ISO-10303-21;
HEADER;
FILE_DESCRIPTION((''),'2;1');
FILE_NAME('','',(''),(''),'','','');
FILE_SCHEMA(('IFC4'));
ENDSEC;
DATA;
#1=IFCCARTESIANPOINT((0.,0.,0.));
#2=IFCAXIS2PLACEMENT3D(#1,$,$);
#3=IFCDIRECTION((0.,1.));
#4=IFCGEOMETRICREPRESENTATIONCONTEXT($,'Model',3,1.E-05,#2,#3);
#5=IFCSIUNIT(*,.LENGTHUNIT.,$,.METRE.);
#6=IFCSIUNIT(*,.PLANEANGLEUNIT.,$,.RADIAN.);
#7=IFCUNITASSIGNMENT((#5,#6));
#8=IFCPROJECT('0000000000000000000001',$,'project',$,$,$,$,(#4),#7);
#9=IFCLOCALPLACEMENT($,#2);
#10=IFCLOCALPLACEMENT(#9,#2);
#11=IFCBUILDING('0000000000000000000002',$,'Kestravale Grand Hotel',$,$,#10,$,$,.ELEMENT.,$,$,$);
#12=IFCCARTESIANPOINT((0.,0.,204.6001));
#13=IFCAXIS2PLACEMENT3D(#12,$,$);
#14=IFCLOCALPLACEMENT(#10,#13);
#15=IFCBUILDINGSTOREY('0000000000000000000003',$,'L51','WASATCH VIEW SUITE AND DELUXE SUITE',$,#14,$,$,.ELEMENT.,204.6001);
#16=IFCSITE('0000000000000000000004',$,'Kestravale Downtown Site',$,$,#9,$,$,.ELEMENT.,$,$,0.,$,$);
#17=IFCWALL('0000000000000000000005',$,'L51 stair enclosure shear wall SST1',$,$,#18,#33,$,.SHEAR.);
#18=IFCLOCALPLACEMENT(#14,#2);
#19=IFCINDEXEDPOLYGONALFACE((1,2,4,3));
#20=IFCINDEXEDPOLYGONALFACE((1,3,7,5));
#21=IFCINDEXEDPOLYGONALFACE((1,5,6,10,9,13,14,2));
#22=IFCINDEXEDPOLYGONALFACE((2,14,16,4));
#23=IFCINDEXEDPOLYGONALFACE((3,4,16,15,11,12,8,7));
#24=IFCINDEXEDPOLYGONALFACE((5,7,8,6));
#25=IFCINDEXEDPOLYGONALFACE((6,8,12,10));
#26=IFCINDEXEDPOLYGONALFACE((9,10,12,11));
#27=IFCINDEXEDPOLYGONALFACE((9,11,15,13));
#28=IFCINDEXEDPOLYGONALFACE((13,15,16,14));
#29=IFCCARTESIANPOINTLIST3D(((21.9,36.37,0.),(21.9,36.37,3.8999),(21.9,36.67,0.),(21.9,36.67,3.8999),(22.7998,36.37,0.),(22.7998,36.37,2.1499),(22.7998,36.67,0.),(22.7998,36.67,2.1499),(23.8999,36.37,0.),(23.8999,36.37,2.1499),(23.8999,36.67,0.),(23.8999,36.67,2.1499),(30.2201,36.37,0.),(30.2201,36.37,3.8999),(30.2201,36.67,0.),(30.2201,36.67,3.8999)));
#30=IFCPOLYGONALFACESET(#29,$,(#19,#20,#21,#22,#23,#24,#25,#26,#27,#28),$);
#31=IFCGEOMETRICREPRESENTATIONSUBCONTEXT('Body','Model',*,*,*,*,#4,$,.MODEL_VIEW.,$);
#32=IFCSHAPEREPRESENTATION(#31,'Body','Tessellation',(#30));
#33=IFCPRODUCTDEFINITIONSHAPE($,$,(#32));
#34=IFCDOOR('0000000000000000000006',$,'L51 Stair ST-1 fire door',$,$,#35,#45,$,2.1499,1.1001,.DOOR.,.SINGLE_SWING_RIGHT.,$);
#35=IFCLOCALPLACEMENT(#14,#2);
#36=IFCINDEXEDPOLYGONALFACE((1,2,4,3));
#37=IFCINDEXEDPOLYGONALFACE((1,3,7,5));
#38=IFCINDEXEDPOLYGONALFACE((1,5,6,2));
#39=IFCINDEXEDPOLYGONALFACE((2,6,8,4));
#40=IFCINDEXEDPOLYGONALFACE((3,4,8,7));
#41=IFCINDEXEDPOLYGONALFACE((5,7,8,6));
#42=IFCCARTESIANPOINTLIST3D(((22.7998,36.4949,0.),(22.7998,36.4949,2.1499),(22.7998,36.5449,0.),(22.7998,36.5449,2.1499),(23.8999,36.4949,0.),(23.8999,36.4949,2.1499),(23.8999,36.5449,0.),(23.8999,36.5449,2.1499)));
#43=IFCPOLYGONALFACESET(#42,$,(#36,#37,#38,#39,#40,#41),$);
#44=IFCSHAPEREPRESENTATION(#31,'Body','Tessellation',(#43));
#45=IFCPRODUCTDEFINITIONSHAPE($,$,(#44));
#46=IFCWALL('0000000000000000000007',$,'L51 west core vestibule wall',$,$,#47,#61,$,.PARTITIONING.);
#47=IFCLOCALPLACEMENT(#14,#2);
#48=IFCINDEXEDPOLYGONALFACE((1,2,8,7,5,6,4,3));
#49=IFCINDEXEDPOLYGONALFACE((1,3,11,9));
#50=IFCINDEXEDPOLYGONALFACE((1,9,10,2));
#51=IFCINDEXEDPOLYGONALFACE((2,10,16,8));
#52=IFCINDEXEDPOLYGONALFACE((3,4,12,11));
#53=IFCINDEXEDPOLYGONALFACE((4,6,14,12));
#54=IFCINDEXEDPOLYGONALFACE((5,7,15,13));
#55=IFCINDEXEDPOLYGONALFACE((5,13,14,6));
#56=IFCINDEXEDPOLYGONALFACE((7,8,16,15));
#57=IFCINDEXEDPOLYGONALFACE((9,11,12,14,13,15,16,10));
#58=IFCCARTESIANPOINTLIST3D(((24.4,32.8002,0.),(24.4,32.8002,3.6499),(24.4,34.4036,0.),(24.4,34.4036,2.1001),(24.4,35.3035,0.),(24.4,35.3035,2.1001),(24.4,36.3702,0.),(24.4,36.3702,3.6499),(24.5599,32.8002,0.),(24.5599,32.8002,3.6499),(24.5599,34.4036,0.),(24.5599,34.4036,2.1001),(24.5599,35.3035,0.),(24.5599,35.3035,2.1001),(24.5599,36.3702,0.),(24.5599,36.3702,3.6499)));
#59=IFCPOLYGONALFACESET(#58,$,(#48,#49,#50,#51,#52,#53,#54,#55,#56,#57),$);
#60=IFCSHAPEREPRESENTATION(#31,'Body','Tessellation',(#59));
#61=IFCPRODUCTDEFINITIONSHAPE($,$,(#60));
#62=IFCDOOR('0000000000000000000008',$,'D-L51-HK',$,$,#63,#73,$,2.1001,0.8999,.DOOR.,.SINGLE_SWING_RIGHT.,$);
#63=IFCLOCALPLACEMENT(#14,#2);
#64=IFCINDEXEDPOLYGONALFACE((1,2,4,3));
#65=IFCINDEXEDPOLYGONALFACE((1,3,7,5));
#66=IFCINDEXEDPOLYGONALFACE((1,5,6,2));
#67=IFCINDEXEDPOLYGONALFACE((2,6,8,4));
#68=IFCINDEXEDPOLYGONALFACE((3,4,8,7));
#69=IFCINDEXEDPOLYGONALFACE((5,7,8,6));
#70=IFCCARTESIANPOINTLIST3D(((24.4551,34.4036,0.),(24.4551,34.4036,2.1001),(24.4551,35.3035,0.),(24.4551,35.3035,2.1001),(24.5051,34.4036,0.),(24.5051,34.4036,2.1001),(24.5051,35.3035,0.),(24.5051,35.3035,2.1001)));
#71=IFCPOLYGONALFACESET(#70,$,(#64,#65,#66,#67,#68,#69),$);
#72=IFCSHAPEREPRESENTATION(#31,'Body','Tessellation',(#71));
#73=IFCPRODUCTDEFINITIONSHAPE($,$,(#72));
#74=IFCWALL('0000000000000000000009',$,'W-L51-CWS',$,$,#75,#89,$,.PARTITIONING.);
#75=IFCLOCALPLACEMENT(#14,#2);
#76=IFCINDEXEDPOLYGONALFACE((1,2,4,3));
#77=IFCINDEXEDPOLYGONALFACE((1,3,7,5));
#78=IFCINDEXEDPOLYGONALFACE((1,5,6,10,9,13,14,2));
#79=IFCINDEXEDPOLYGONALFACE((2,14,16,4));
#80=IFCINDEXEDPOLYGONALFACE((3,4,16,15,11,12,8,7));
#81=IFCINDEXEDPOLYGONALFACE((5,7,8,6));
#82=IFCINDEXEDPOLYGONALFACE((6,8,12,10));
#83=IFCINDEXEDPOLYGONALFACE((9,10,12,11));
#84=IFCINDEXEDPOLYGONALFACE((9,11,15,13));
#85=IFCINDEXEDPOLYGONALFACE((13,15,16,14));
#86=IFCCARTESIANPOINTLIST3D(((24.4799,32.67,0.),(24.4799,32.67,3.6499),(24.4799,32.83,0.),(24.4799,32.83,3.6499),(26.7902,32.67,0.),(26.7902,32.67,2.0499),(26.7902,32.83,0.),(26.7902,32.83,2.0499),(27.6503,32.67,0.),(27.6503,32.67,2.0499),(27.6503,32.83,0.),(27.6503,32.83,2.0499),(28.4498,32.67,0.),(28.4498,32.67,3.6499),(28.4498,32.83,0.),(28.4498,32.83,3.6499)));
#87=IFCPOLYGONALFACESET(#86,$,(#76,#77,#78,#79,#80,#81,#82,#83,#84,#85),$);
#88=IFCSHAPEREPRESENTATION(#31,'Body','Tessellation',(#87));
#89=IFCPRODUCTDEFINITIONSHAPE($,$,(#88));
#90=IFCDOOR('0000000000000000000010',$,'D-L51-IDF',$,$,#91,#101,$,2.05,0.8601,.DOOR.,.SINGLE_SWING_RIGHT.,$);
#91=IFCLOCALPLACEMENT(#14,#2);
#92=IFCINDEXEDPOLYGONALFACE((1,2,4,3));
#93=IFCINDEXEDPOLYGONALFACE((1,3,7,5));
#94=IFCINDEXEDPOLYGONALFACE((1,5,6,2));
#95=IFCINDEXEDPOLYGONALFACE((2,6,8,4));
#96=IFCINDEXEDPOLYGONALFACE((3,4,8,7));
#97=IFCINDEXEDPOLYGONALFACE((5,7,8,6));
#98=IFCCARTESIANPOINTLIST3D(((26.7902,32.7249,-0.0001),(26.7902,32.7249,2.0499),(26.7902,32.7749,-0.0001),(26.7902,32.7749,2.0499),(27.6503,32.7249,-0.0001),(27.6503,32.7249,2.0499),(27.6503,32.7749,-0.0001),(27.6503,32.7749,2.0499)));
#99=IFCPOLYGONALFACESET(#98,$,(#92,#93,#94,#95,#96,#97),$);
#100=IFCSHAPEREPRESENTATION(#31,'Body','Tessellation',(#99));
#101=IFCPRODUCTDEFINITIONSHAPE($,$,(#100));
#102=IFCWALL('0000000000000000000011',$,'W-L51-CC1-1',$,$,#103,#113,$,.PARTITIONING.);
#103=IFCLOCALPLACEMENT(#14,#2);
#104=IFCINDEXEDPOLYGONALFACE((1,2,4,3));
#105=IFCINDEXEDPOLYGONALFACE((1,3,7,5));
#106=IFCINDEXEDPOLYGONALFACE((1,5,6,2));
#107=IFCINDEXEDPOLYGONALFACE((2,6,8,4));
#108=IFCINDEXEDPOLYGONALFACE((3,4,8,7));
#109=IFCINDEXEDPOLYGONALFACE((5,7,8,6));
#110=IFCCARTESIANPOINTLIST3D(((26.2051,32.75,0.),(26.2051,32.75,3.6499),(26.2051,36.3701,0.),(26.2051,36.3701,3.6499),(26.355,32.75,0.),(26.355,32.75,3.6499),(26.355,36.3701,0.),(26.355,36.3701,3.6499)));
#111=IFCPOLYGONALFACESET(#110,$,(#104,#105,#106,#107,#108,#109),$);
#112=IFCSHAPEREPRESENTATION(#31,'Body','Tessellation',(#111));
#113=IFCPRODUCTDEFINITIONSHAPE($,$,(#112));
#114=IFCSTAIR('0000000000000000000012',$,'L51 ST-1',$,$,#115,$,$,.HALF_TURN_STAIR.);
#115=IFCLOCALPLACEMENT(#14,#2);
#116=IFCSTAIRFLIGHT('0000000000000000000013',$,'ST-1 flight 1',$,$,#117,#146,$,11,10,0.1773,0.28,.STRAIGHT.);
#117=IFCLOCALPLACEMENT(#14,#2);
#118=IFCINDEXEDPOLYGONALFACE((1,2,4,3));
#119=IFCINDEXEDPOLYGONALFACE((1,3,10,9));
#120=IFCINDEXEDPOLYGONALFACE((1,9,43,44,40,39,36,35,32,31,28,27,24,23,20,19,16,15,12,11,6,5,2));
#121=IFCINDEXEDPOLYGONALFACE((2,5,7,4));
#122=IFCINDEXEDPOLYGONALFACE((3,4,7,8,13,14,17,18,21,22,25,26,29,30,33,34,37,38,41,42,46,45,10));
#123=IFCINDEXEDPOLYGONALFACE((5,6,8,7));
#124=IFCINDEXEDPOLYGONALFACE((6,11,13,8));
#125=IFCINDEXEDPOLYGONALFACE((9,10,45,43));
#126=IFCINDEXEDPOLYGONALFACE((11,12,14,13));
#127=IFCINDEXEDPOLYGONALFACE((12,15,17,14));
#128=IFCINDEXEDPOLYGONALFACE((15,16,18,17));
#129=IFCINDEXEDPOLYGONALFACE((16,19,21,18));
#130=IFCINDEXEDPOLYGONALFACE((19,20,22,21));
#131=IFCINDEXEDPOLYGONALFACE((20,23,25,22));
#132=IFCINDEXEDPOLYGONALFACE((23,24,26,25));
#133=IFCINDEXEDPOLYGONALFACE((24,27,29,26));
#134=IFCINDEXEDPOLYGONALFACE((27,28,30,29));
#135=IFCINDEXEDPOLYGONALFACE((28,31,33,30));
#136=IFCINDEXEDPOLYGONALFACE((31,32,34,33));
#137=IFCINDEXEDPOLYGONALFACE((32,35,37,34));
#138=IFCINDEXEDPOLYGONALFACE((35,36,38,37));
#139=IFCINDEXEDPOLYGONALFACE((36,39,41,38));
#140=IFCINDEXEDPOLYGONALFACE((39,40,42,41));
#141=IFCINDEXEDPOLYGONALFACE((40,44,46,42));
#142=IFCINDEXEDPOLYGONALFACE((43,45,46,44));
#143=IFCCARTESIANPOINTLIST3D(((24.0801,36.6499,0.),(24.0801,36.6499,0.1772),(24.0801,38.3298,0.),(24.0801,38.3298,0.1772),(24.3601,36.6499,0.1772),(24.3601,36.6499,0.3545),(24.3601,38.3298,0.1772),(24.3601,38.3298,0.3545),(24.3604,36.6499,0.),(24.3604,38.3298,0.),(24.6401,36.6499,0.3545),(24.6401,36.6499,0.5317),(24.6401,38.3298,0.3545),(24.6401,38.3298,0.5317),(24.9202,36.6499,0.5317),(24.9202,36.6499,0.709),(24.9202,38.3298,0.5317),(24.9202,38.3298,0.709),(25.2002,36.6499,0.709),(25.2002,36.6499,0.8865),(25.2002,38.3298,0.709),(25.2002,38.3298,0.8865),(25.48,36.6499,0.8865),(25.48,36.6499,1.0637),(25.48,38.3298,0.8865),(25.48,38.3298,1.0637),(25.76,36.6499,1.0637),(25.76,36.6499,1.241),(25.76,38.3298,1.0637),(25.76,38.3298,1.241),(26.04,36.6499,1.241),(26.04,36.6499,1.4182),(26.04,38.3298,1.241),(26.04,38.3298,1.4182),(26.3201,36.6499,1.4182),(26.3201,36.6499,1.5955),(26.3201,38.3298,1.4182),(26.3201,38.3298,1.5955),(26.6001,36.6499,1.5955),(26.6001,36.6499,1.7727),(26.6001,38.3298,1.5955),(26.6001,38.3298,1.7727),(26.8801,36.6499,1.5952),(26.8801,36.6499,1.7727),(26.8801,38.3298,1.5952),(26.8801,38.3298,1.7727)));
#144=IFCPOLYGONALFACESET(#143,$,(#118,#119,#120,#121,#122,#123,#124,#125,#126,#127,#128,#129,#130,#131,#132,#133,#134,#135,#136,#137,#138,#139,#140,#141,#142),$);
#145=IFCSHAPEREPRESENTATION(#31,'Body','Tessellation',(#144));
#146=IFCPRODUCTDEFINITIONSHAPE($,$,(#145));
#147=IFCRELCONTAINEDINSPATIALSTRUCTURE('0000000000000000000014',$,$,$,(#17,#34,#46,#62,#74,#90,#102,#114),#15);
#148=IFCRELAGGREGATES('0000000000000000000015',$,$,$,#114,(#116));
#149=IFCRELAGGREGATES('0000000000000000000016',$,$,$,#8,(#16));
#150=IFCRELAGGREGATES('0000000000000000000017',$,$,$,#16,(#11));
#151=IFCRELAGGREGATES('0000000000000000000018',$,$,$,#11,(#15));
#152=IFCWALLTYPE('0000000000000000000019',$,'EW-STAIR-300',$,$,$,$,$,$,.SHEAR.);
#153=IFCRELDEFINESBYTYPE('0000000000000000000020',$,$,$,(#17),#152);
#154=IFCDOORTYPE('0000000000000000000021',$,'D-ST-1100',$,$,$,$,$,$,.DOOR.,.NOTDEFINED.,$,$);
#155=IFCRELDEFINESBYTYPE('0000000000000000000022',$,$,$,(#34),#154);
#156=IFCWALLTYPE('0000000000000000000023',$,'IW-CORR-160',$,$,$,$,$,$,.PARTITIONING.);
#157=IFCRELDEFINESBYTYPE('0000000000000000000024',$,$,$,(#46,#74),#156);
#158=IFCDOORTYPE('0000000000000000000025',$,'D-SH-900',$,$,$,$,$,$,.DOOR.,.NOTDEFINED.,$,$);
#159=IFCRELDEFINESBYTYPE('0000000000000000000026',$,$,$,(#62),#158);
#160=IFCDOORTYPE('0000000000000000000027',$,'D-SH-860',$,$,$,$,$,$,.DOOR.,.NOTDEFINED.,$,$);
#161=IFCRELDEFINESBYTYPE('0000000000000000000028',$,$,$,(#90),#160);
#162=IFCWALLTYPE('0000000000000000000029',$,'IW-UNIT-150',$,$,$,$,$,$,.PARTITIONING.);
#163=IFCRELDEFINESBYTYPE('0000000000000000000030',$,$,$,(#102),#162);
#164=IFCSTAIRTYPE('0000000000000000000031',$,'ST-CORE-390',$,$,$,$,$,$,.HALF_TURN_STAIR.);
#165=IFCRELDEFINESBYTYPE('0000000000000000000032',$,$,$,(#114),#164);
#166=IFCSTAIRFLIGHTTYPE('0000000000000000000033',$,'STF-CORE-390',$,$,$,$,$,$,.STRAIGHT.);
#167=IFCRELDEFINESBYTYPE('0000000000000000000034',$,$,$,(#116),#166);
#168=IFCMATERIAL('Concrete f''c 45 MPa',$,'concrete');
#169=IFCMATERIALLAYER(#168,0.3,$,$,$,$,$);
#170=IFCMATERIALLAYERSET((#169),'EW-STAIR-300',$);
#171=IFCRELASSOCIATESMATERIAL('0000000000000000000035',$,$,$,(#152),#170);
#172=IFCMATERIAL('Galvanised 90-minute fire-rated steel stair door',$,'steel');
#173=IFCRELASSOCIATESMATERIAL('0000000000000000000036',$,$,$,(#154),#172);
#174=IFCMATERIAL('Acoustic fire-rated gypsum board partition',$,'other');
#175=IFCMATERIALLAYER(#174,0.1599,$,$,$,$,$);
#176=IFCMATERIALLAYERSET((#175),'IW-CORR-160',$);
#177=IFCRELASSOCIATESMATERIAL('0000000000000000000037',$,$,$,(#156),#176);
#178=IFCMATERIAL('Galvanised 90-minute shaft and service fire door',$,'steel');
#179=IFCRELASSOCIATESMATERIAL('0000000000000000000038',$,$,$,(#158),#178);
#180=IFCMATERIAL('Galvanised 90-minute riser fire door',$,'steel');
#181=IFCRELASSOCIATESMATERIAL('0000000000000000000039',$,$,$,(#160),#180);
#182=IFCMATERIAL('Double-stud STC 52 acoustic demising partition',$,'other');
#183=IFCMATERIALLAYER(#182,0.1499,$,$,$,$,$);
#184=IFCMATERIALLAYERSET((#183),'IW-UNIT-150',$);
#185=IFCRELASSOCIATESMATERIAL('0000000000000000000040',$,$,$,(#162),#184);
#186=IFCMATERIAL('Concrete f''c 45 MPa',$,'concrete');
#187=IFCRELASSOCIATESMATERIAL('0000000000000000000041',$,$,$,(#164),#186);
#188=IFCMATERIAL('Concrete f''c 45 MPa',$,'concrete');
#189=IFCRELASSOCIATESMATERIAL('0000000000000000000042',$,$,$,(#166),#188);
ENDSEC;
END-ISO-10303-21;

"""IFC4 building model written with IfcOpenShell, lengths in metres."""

from ifc_helpers import new_model, si_unit, direction, frame, frame_2d, origin, place, context, subcontext, project, spatial, polyline, rectangle, outline, extrude, material, layer, layer_set, type_object, element, fill, aggregate, save


model = new_model("IFC4")

# Units and contexts
model_context = context("Model", 3, precision=1e-05, world=origin(), true_north=direction((0.0, 1.0)))
body_context = subcontext(model_context, "Body", "Model", "MODEL_VIEW")
ifc_project = project(units=[si_unit("LENGTHUNIT", "METRE"), si_unit("PLANEANGLEUNIT", "RADIAN")], contexts=[model_context])

# Site, building, storey
site_placement = place(None, origin())
site = spatial("IfcSite", under=ifc_project, at=site_placement, Name="Kestravale Downtown Site", CompositionType="ELEMENT", RefElevation=0.0)
building_placement = place(site_placement, origin())
building = spatial("IfcBuilding", under=site, at=building_placement, Name="Kestravale Grand Hotel", CompositionType="ELEMENT")
storey_placement = place(building_placement, frame((0.0, 0.0, 204.6001)))
storey = spatial("IfcBuildingStorey", under=building, at=storey_placement, Name="L51", Description="WASATCH VIEW SUITE AND DELUXE SUITE", CompositionType="ELEMENT", Elevation=204.6001)

# Walls, openings, doors
ifc_material_1 = material(Name="Concrete f'c 45 MPa", Category="concrete")
ifc_layer_1 = layer(ifc_material_1, 0.3)
ifc_layer_set_1 = layer_set([ifc_layer_1], Name="EW-STAIR-300")
wall_type_1 = type_object("IfcWallType", Name="EW-STAIR-300", PredefinedType="SHEAR", material=ifc_layer_set_1)
wall_1_placement = place(storey_placement, frame((21.8999, 36.52, 0.0), z_axis=(0.0, 0.0, 1.0), x_axis=(1.0, 0.0, 0.0)))
wall_1 = element("IfcWall", 1, at=wall_1_placement, inside=storey, type_object=wall_type_1, Name="L51 stair enclosure shear wall SST1", PredefinedType="SHEAR", context=body_context, shape_type="SweptSolid", body=[
    extrude(rectangle(XDim=8.3201, YDim=0.3, at=frame_2d((4.1602, 0.0))), origin(), (0.0, 0.0, 1.0), 3.8999),
])
opening_1_placement = place(wall_1_placement, frame((0.8999, 0.0, 0.0)))
opening_1 = element("IfcOpeningElement", 2, at=opening_1_placement, cuts=wall_1, PredefinedType="OPENING", context=body_context, shape_type="SweptSolid", body=[
    extrude(rectangle(XDim=1.1001, YDim=2.1499, at=frame_2d((0.55, 1.075))), frame((0.0, 0.1599, 0.0), z_axis=(0.0, -1.0, 0.0), x_axis=(1.0, 0.0, 0.0)), (0.0, 0.0, 1.0), 0.3201),
])
ifc_material_2 = material(Name="Galvanised 90-minute fire-rated steel stair door", Category="steel")
door_type_1 = type_object("IfcDoorType", Name="D-ST-1100", OperationType="NOTDEFINED", PredefinedType="DOOR", material=ifc_material_2)
door_1_placement = place(opening_1_placement, origin())
door_1 = element("IfcDoor", 3, at=door_1_placement, inside=storey, type_object=door_type_1, Name="L51 Stair ST-1 fire door", OperationType="SINGLE_SWING_RIGHT", OverallHeight=2.1499, OverallWidth=1.1001, PredefinedType="DOOR", context=body_context, shape_type="SweptSolid", body=[
    extrude(rectangle(XDim=1.1001, YDim=2.1499, at=frame_2d((0.55, 1.075))), frame((0.0, 0.0249, 0.0), z_axis=(0.0, -1.0, 0.0), x_axis=(1.0, 0.0, 0.0)), (0.0, 0.0, 1.0), 0.05),
])
fill(opening_1, door_1)
ifc_material_3 = material(Name="Acoustic fire-rated gypsum board partition", Category="other")
ifc_layer_2 = layer(ifc_material_3, 0.1599)
ifc_layer_set_2 = layer_set([ifc_layer_2], Name="IW-CORR-160")
wall_type_2 = type_object("IfcWallType", Name="IW-CORR-160", PredefinedType="PARTITIONING", material=ifc_layer_set_2)
wall_2_placement = place(storey_placement, frame((24.48, 32.8, 0.0), z_axis=(0.0, 0.0, 1.0), x_axis=(0.0, 1.0, 0.0)))
wall_2 = element("IfcWall", 4, at=wall_2_placement, inside=storey, type_object=wall_type_2, Name="L51 west core vestibule wall", PredefinedType="PARTITIONING", context=body_context, shape_type="SweptSolid", body=[
    extrude(rectangle(XDim=3.5701, YDim=0.1599, at=frame_2d((1.7852, 0.0))), origin(), (0.0, 0.0, 1.0), 3.6499),
])
opening_2_placement = place(wall_2_placement, frame((1.6035, 0.0, 0.0)))
opening_2 = element("IfcOpeningElement", 5, at=opening_2_placement, cuts=wall_2, PredefinedType="OPENING", context=body_context, shape_type="SweptSolid", body=[
    extrude(rectangle(XDim=0.8999, YDim=2.1001, at=frame_2d((0.45, 1.05))), frame((0.0, 0.0898, 0.0), z_axis=(0.0, -1.0, 0.0), x_axis=(1.0, 0.0, 0.0)), (0.0, 0.0, 1.0), 0.1799),
])
ifc_material_4 = material(Name="Galvanised 90-minute shaft and service fire door", Category="steel")
door_type_2 = type_object("IfcDoorType", Name="D-SH-900", OperationType="NOTDEFINED", PredefinedType="DOOR", material=ifc_material_4)
door_2_placement = place(opening_2_placement, origin())
door_2 = element("IfcDoor", 6, at=door_2_placement, inside=storey, type_object=door_type_2, Name="D-L51-HK", OperationType="SINGLE_SWING_RIGHT", OverallHeight=2.1001, OverallWidth=0.8999, PredefinedType="DOOR", context=body_context, shape_type="SweptSolid", body=[
    extrude(rectangle(XDim=0.8999, YDim=2.1001, at=frame_2d((0.45, 1.05))), frame((0.0, 0.0249, 0.0), z_axis=(0.0, -1.0, 0.0), x_axis=(1.0, 0.0, 0.0)), (0.0, 0.0, 1.0), 0.05),
])
fill(opening_2, door_2)
wall_3_placement = place(storey_placement, frame((24.48, 32.75, 0.0), z_axis=(0.0, 0.0, 1.0), x_axis=(1.0, 0.0, 0.0)))
wall_3 = element("IfcWall", 7, at=wall_3_placement, inside=storey, type_object=wall_type_2, Name="W-L51-CWS", PredefinedType="PARTITIONING", context=body_context, shape_type="SweptSolid", body=[
    extrude(rectangle(XDim=3.97, YDim=0.1599, at=frame_2d((1.9849, 0.0))), origin(), (0.0, 0.0, 1.0), 3.6499),
])
opening_3_placement = place(wall_3_placement, frame((2.3101, 0.0, 0.0)))
opening_3 = element("IfcOpeningElement", 8, at=opening_3_placement, cuts=wall_3, PredefinedType="OPENING", context=body_context, shape_type="SweptSolid", body=[
    extrude(rectangle(XDim=0.8601, YDim=2.05, at=frame_2d((0.4302, 1.0249))), frame((0.0, 0.0898, 0.0), z_axis=(0.0, -1.0, 0.0), x_axis=(1.0, 0.0, 0.0)), (0.0, 0.0, 1.0), 0.1799),
])
ifc_material_5 = material(Name="Galvanised 90-minute riser fire door", Category="steel")
door_type_3 = type_object("IfcDoorType", Name="D-SH-860", OperationType="NOTDEFINED", PredefinedType="DOOR", material=ifc_material_5)
door_3_placement = place(opening_3_placement, origin())
door_3 = element("IfcDoor", 9, at=door_3_placement, inside=storey, type_object=door_type_3, Name="D-L51-IDF", OperationType="SINGLE_SWING_RIGHT", OverallHeight=2.05, OverallWidth=0.8601, PredefinedType="DOOR", context=body_context, shape_type="SweptSolid", body=[
    extrude(rectangle(XDim=0.8601, YDim=2.05, at=frame_2d((0.4302, 1.0249))), frame((0.0, 0.0249, 0.0), z_axis=(0.0, -1.0, 0.0), x_axis=(1.0, 0.0, 0.0)), (0.0, 0.0, 1.0), 0.05),
])
fill(opening_3, door_3)

# Wall
ifc_material_6 = material(Name="Double-stud STC 52 acoustic demising partition", Category="other")
ifc_layer_3 = layer(ifc_material_6, 0.1499)
ifc_layer_set_3 = layer_set([ifc_layer_3], Name="IW-UNIT-150")
wall_type_3 = type_object("IfcWallType", Name="IW-UNIT-150", PredefinedType="PARTITIONING", material=ifc_layer_set_3)
wall_4_placement = place(storey_placement, frame((26.28, 32.75, 0.0), z_axis=(0.0, 0.0, 1.0), x_axis=(0.0, 1.0, 0.0)))
element("IfcWall", 10, at=wall_4_placement, inside=storey, type_object=wall_type_3, Name="W-L51-CC1-1", PredefinedType="PARTITIONING", context=body_context, shape_type="SweptSolid", body=[
    extrude(rectangle(XDim=3.6201, YDim=0.1499, at=frame_2d((1.8101, 0.0))), origin(), (0.0, 0.0, 1.0), 3.6499),
])

# Stair, stair flight
ifc_material_7 = material(Name="Concrete f'c 45 MPa", Category="concrete")
stair_type = type_object("IfcStairType", Name="ST-CORE-390", PredefinedType="HALF_TURN_STAIR", material=ifc_material_7)
stair_placement = place(storey_placement, origin())
stair = element("IfcStair", 11, at=stair_placement, inside=storey, type_object=stair_type, Name="L51 ST-1", PredefinedType="HALF_TURN_STAIR")
ifc_material_8 = material(Name="Concrete f'c 45 MPa", Category="concrete")
stair_flight_type = type_object("IfcStairFlightType", Name="STF-CORE-390", PredefinedType="STRAIGHT", material=ifc_material_8)
stair_flight_1_placement = place(storey_placement, frame((24.0801, 37.49, 0.0), z_axis=(0.0, 0.0, 1.0), x_axis=(1.0, 0.0, 0.0)))
stair_flight_1 = element("IfcStairFlight", 12, at=stair_flight_1_placement, type_object=stair_flight_type, Name="ST-1 flight 1", NumberOfRisers=11, NumberOfTreads=10, PredefinedType="STRAIGHT", RiserHeight=0.1773, TreadLength=0.28, context=body_context, shape_type="SweptSolid", body=[
    extrude(outline(polyline([(0.0, 0.0), (0.0, 0.1772), (0.28, 0.1772), (0.28, 0.3545), (0.5601, 0.3545), (0.5601, 0.5317), (0.8401, 0.5317), (0.8401, 0.709), (1.1201, 0.709), (1.1201, 0.8865), (1.3999, 0.8865), (1.3999, 1.0637), (1.6799, 1.0637), (1.6799, 1.241), (1.96, 1.241), (1.96, 1.4182), (2.24, 1.4182), (2.24, 1.5955), (2.52, 1.5955), (2.52, 1.7727), (2.8, 1.7727), (2.8, 1.95), (2.8, 1.5952), (0.2803, 0.0), (0.0, 0.0)])), frame((0.0, 0.8398, 0.0), z_axis=(0.0, -1.0, 0.0), x_axis=(1.0, 0.0, 0.0)), (0.0, 0.0, 1.0), 1.6799),
])
aggregate(stair, [stair_flight_1])

save(model, "model.ifc")
